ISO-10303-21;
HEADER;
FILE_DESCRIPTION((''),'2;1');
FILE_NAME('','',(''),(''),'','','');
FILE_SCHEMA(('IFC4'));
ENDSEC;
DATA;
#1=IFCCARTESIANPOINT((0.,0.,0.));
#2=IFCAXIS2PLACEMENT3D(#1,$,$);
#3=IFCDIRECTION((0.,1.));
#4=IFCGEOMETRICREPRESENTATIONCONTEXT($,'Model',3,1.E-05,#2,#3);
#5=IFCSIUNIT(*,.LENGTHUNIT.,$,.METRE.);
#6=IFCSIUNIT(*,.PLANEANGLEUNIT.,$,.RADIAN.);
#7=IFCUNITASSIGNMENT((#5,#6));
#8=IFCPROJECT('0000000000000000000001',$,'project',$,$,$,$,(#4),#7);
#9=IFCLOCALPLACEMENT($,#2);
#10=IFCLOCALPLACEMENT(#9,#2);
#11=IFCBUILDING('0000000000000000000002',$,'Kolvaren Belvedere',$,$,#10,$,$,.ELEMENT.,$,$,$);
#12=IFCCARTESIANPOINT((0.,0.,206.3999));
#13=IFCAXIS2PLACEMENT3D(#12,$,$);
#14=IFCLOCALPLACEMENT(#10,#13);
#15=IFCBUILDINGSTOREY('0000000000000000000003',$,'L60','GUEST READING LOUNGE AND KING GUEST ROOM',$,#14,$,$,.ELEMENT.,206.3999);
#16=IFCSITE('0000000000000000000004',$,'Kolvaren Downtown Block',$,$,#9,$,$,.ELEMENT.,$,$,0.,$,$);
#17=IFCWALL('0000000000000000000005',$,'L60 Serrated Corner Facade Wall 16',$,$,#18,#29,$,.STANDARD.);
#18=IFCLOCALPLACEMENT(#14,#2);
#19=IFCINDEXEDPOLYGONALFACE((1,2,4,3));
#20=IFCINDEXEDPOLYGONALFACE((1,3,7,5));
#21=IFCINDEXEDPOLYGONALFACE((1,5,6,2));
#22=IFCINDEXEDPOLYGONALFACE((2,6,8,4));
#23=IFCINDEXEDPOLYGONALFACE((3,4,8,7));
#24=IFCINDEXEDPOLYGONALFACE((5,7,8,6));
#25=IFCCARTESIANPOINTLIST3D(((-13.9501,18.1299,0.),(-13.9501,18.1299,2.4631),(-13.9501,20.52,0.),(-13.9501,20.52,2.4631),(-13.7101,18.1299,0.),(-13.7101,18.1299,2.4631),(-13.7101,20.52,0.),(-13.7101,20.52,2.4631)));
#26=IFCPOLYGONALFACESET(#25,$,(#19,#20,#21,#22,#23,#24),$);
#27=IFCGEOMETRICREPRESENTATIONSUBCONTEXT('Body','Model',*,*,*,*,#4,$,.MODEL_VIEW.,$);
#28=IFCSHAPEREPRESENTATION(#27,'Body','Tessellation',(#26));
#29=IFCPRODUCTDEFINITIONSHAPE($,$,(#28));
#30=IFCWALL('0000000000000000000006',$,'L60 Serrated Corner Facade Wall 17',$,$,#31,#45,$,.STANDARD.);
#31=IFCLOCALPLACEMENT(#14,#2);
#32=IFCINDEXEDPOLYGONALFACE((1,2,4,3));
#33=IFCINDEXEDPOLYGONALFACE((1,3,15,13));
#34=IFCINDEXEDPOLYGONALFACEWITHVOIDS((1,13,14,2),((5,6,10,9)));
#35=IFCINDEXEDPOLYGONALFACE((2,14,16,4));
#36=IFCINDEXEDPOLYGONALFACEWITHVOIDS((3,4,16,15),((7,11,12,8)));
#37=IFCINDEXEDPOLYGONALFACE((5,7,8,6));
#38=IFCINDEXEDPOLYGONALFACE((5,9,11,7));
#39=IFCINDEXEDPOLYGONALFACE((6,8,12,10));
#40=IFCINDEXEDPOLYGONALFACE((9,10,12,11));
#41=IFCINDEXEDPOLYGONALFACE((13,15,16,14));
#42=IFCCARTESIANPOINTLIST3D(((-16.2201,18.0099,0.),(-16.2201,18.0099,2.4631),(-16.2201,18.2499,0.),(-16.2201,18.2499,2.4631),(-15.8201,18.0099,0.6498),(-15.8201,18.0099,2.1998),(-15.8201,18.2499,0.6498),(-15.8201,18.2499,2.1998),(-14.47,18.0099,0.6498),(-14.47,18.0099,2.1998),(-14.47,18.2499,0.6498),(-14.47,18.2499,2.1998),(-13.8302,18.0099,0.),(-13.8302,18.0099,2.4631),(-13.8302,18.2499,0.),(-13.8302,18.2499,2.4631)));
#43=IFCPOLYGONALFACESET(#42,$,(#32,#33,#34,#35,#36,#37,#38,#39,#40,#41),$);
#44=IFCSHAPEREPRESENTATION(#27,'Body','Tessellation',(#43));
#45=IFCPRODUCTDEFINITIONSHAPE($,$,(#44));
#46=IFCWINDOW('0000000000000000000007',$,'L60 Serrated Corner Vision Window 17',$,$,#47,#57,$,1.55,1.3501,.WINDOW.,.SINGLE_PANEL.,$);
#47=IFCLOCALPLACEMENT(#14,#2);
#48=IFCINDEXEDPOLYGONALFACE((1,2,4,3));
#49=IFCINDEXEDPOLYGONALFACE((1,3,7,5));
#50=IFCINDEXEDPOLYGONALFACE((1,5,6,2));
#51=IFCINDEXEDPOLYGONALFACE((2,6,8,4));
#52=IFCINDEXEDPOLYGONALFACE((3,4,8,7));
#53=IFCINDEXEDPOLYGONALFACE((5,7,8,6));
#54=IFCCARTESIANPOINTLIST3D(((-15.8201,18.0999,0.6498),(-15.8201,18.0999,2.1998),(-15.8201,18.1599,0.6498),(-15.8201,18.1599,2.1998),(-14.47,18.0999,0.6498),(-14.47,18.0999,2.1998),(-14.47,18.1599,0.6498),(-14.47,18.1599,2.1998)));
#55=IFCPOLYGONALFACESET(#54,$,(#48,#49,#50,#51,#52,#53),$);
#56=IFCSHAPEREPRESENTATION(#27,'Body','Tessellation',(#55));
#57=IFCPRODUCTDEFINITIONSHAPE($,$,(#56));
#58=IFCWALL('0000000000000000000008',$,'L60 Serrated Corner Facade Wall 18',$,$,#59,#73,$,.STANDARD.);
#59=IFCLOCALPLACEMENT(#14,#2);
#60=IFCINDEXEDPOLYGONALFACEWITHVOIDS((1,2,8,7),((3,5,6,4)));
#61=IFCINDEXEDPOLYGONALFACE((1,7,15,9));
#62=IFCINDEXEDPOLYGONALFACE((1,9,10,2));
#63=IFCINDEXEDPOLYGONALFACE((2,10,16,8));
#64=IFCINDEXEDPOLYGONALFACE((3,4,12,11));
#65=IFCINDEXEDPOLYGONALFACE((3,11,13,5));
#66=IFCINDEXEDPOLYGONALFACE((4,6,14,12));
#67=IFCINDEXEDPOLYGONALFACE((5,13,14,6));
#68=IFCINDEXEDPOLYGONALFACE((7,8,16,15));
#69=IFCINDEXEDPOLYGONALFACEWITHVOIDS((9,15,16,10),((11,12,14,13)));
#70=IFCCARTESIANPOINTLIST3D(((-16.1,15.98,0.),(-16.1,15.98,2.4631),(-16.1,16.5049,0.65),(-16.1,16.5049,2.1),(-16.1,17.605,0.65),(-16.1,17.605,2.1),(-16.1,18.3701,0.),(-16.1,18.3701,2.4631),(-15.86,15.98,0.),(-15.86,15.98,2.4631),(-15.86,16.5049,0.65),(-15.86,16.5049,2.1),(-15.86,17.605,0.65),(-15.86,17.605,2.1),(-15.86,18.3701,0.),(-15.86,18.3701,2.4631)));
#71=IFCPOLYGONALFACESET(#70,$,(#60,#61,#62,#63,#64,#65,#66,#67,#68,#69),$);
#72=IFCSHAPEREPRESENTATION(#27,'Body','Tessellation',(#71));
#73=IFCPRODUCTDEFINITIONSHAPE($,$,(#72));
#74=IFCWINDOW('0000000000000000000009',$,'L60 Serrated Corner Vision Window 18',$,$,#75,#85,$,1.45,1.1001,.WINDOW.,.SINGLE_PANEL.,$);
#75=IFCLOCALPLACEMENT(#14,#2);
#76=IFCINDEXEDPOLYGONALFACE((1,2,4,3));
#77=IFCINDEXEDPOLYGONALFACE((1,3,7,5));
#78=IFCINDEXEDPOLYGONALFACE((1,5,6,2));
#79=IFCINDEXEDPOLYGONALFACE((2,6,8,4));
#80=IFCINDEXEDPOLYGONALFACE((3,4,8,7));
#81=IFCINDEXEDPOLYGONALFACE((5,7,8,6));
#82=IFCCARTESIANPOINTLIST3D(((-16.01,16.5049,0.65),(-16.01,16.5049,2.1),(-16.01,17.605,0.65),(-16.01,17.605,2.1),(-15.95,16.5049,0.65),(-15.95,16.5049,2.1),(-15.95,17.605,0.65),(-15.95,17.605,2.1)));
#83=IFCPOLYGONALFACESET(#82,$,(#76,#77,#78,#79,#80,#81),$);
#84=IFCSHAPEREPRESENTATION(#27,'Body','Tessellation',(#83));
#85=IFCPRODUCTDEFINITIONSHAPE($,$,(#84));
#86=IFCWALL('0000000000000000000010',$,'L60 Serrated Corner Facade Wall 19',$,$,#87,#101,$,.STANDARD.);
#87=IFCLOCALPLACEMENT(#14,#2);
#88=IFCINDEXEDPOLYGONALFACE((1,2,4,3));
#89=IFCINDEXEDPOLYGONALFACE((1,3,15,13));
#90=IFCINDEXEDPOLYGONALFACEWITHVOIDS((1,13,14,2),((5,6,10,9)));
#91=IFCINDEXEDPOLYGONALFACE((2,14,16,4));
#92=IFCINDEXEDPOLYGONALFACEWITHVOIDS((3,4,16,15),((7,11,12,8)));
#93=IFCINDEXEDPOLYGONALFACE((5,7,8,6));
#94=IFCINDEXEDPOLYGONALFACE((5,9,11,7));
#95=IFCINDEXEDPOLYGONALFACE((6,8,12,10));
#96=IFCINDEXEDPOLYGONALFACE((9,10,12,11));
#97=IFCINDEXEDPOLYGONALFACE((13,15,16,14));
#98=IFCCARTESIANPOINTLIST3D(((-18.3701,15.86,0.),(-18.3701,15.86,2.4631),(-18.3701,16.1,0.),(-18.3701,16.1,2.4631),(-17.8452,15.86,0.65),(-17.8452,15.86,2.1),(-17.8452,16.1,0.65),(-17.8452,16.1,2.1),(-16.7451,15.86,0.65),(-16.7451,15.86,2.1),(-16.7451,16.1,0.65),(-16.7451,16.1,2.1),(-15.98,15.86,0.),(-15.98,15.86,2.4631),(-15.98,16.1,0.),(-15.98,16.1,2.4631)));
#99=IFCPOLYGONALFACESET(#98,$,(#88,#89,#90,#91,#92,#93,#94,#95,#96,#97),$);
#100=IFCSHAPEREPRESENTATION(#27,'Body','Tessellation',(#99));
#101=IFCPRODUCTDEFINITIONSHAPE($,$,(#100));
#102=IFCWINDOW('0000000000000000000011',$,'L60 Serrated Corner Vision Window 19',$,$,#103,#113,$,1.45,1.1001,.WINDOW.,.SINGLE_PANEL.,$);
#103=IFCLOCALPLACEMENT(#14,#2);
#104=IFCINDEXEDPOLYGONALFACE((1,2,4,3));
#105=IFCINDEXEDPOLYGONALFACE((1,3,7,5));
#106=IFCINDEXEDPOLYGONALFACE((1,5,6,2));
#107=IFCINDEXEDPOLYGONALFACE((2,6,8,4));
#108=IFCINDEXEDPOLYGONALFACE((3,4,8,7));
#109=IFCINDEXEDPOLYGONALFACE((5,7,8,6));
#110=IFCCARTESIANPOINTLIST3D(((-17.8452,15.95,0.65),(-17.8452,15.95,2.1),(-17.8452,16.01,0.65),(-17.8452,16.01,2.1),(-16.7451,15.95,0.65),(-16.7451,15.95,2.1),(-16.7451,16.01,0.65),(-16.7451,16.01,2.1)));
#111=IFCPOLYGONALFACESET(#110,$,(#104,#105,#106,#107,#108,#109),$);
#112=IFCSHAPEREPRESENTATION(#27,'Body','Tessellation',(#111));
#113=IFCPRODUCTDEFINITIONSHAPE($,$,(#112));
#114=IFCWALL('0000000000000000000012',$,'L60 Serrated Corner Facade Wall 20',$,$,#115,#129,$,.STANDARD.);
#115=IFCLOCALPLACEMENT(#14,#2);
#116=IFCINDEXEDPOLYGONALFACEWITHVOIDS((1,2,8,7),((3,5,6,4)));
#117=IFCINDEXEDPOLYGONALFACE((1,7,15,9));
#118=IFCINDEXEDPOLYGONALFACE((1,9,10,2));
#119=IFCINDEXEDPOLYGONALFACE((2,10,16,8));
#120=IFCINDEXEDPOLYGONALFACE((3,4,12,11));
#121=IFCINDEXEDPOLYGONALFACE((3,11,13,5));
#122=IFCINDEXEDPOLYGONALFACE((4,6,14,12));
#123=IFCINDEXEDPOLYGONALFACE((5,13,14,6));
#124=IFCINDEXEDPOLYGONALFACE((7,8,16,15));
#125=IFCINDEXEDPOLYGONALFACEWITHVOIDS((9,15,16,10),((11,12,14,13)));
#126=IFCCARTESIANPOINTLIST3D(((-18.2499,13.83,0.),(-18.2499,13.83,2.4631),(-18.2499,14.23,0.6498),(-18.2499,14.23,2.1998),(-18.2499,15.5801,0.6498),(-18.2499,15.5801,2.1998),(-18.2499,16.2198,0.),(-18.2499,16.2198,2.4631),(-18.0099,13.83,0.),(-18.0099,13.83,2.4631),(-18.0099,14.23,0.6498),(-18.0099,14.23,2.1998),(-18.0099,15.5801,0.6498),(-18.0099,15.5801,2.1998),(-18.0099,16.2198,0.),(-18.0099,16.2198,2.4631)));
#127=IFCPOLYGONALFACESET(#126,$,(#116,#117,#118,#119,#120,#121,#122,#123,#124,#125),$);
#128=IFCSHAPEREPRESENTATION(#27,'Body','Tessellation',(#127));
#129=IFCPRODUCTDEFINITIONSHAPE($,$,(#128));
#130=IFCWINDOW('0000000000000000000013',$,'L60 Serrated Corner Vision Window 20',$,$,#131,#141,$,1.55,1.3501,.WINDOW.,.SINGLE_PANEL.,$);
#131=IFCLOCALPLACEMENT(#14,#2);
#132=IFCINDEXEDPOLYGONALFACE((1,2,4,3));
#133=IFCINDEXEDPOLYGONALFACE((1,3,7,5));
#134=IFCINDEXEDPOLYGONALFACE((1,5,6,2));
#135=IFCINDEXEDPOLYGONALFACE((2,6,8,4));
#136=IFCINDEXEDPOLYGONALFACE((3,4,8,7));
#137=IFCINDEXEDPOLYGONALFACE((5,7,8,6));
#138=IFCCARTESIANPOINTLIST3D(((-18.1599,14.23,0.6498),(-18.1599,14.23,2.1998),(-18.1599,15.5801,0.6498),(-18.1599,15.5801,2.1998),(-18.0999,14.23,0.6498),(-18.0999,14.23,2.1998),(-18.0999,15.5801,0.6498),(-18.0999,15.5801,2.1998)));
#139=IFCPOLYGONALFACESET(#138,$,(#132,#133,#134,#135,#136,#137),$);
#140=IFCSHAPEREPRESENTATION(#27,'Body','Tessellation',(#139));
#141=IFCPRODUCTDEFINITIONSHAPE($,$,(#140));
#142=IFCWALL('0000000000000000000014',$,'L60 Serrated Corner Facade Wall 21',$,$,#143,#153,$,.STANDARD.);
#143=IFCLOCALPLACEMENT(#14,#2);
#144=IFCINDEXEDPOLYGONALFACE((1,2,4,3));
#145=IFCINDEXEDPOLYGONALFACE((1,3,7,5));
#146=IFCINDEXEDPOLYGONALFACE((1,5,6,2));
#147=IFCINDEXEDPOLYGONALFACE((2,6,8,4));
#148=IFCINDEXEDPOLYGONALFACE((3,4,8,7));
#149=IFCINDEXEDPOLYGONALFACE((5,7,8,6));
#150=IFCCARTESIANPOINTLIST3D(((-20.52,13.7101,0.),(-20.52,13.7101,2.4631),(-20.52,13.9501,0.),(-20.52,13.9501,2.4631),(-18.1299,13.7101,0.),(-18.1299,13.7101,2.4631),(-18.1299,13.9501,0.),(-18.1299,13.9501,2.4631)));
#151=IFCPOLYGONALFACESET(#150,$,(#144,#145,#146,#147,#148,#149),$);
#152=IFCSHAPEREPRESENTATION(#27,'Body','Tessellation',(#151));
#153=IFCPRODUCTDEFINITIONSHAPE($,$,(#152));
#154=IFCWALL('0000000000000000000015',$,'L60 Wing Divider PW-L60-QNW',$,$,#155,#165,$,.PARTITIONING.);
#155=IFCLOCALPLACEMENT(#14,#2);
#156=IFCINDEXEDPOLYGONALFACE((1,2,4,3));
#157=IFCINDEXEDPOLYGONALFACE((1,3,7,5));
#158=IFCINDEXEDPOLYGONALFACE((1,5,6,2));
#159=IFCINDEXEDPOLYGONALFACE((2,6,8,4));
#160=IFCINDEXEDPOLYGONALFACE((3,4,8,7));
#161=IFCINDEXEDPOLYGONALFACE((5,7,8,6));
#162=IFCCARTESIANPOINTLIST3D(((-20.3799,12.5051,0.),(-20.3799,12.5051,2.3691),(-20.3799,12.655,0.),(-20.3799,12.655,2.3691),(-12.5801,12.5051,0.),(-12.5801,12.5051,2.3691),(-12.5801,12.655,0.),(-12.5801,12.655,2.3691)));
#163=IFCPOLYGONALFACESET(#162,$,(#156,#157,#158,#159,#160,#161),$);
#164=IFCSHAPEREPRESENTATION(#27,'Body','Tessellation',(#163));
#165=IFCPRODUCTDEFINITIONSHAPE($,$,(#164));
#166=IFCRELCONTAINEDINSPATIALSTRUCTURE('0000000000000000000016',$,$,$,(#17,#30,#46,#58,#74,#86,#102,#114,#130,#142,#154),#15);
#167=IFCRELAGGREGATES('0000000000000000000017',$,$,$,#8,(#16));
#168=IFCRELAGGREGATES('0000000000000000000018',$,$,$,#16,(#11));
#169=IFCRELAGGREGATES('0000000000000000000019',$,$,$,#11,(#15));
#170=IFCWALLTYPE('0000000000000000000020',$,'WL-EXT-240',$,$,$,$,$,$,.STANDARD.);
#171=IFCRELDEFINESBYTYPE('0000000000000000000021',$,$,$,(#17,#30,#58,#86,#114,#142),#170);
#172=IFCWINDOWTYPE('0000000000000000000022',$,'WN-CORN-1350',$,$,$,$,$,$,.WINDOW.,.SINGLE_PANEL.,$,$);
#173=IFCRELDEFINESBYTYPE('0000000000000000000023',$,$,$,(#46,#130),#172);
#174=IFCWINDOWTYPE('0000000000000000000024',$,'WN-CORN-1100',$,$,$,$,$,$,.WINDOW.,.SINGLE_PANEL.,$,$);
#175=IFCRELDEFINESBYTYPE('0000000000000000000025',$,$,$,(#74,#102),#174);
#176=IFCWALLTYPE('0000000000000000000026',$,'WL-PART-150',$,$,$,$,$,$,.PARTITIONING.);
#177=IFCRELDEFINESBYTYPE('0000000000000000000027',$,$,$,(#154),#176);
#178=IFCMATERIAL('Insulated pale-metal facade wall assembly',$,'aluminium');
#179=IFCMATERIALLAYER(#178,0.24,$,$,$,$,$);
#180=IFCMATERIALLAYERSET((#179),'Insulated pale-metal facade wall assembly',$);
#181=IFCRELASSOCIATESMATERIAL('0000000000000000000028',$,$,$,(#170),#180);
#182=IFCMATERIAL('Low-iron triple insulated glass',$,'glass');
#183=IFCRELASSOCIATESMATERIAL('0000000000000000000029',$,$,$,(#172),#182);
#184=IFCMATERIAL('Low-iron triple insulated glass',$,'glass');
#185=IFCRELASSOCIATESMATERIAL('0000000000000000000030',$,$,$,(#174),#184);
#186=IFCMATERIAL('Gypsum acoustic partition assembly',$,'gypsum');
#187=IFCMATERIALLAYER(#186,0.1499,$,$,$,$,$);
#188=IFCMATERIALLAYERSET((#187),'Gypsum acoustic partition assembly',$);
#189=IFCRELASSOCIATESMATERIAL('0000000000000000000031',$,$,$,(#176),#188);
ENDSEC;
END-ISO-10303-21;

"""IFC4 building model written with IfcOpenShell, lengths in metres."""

from ifc_helpers import new_model, si_unit, direction, frame, frame_2d, origin, place, context, subcontext, project, spatial, rectangle, extrude, material, layer, layer_set, type_object, element, fill, save


model = new_model("IFC4")

# Units and contexts
model_context = context("Model", 3, precision=1e-05, world=origin(), true_north=direction((0.0, 1.0)))
body_context = subcontext(model_context, "Body", "Model", "MODEL_VIEW")
ifc_project = project(units=[si_unit("LENGTHUNIT", "METRE"), si_unit("PLANEANGLEUNIT", "RADIAN")], contexts=[model_context])

# Site, building, storey
site_placement = place(None, origin())
site = spatial("IfcSite", under=ifc_project, at=site_placement, Name="Kolvaren Downtown Block", CompositionType="ELEMENT", RefElevation=0.0)
building_placement = place(site_placement, origin())
building = spatial("IfcBuilding", under=site, at=building_placement, Name="Kolvaren Belvedere", CompositionType="ELEMENT")
storey_placement = place(building_placement, frame((0.0, 0.0, 206.3999)))
storey = spatial("IfcBuildingStorey", under=building, at=storey_placement, Name="L60", Description="GUEST READING LOUNGE AND KING GUEST ROOM", CompositionType="ELEMENT", Elevation=206.3999)

# Wall
ifc_material_1 = material(Name="Insulated pale-metal facade wall assembly", Category="aluminium")
ifc_layer_1 = layer(ifc_material_1, 0.24)
ifc_layer_set_1 = layer_set([ifc_layer_1], Name="Insulated pale-metal facade wall assembly")
wall_type_1 = type_object("IfcWallType", Name="WL-EXT-240", PredefinedType="STANDARD", material=ifc_layer_set_1)
wall_1_placement = place(storey_placement, frame((-13.8301, 18.1299, 0.0), z_axis=(0.0, 0.0, 1.0), x_axis=(0.0, 1.0, 0.0)))
element("IfcWall", 1, at=wall_1_placement, inside=storey, type_object=wall_type_1, Name="L60 Serrated Corner Facade Wall 16", PredefinedType="STANDARD", context=body_context, shape_type="SweptSolid", body=[
    extrude(rectangle(XDim=2.3901, YDim=0.24, at=frame_2d((1.1951, 0.0))), origin(), (0.0, 0.0, 1.0), 2.4631),
])

# Walls, openings, windows
wall_2_placement = place(storey_placement, frame((-16.22, 18.1299, 0.0), z_axis=(0.0, 0.0, 1.0), x_axis=(1.0, 0.0, 0.0)))
wall_2 = element("IfcWall", 2, at=wall_2_placement, inside=storey, type_object=wall_type_1, Name="L60 Serrated Corner Facade Wall 17", PredefinedType="STANDARD", context=body_context, shape_type="SweptSolid", body=[
    extrude(rectangle(XDim=2.3899, YDim=0.24, at=frame_2d((1.1948, 0.0))), origin(), (0.0, 0.0, 1.0), 2.4631),
])
opening_1_placement = place(wall_2_placement, frame((0.3999, 0.0, 0.6499)))
opening_1 = element("IfcOpeningElement", 3, at=opening_1_placement, cuts=wall_2, PredefinedType="OPENING", context=body_context, shape_type="SweptSolid", body=[
    extrude(rectangle(XDim=1.3501, YDim=1.55, at=frame_2d((0.675, 0.7749))), frame((0.0, 0.1299, 0.0), z_axis=(0.0, -1.0, 0.0), x_axis=(1.0, 0.0, 0.0)), (0.0, 0.0, 1.0), 0.26),
])
ifc_material_2 = material(Name="Low-iron triple insulated glass", Category="glass")
window_type_1 = type_object("IfcWindowType", Name="WN-CORN-1350", PartitioningType="SINGLE_PANEL", PredefinedType="WINDOW", material=ifc_material_2)
window_1_placement = place(opening_1_placement, origin())
window_1 = element("IfcWindow", 4, at=window_1_placement, inside=storey, type_object=window_type_1, Name="L60 Serrated Corner Vision Window 17", OverallHeight=1.55, OverallWidth=1.3501, PartitioningType="SINGLE_PANEL", PredefinedType="WINDOW", context=body_context, shape_type="SweptSolid", body=[
    extrude(rectangle(XDim=1.3501, YDim=1.55, at=frame_2d((0.675, 0.7749))), frame((0.0, 0.03, 0.0), z_axis=(0.0, -1.0, 0.0), x_axis=(1.0, 0.0, 0.0)), (0.0, 0.0, 1.0), 0.0601),
])
fill(opening_1, window_1)
wall_3_placement = place(storey_placement, frame((-15.98, 15.98, 0.0), z_axis=(0.0, 0.0, 1.0), x_axis=(0.0, 1.0, 0.0)))
wall_3 = element("IfcWall", 5, at=wall_3_placement, inside=storey, type_object=wall_type_1, Name="L60 Serrated Corner Facade Wall 18", PredefinedType="STANDARD", context=body_context, shape_type="SweptSolid", body=[
    extrude(rectangle(XDim=2.3901, YDim=0.24, at=frame_2d((1.1951, 0.0))), origin(), (0.0, 0.0, 1.0), 2.4631),
])
opening_2_placement = place(wall_3_placement, frame((0.5249, 0.0, 0.6499)))
opening_2 = element("IfcOpeningElement", 6, at=opening_2_placement, cuts=wall_3, PredefinedType="OPENING", context=body_context, shape_type="SweptSolid", body=[
    extrude(rectangle(XDim=1.1001, YDim=1.45, at=frame_2d((0.55, 0.7251))), frame((0.0, 0.1299, 0.0), z_axis=(0.0, -1.0, 0.0), x_axis=(1.0, 0.0, 0.0)), (0.0, 0.0, 1.0), 0.26),
])
ifc_material_3 = material(Name="Low-iron triple insulated glass", Category="glass")
window_type_2 = type_object("IfcWindowType", Name="WN-CORN-1100", PartitioningType="SINGLE_PANEL", PredefinedType="WINDOW", material=ifc_material_3)
window_2_placement = place(opening_2_placement, origin())
window_2 = element("IfcWindow", 7, at=window_2_placement, inside=storey, type_object=window_type_2, Name="L60 Serrated Corner Vision Window 18", OverallHeight=1.45, OverallWidth=1.1001, PartitioningType="SINGLE_PANEL", PredefinedType="WINDOW", context=body_context, shape_type="SweptSolid", body=[
    extrude(rectangle(XDim=1.1001, YDim=1.45, at=frame_2d((0.55, 0.7251))), frame((0.0, 0.03, 0.0), z_axis=(0.0, -1.0, 0.0), x_axis=(1.0, 0.0, 0.0)), (0.0, 0.0, 1.0), 0.0601),
])
fill(opening_2, window_2)
wall_4_placement = place(storey_placement, frame((-18.3701, 15.98, 0.0), z_axis=(0.0, 0.0, 1.0), x_axis=(1.0, 0.0, 0.0)))
wall_4 = element("IfcWall", 8, at=wall_4_placement, inside=storey, type_object=wall_type_1, Name="L60 Serrated Corner Facade Wall 19", PredefinedType="STANDARD", context=body_context, shape_type="SweptSolid", body=[
    extrude(rectangle(XDim=2.3901, YDim=0.24, at=frame_2d((1.1951, 0.0))), origin(), (0.0, 0.0, 1.0), 2.4631),
])
opening_3_placement = place(wall_4_placement, frame((0.5249, 0.0, 0.6499)))
opening_3 = element("IfcOpeningElement", 9, at=opening_3_placement, cuts=wall_4, PredefinedType="OPENING", context=body_context, shape_type="SweptSolid", body=[
    extrude(rectangle(XDim=1.1001, YDim=1.45, at=frame_2d((0.55, 0.7251))), frame((0.0, 0.1299, 0.0), z_axis=(0.0, -1.0, 0.0), x_axis=(1.0, 0.0, 0.0)), (0.0, 0.0, 1.0), 0.26),
])
window_3_placement = place(opening_3_placement, origin())
window_3 = element("IfcWindow", 10, at=window_3_placement, inside=storey, type_object=window_type_2, Name="L60 Serrated Corner Vision Window 19", OverallHeight=1.45, OverallWidth=1.1001, PartitioningType="SINGLE_PANEL", PredefinedType="WINDOW", context=body_context, shape_type="SweptSolid", body=[
    extrude(rectangle(XDim=1.1001, YDim=1.45, at=frame_2d((0.55, 0.7251))), frame((0.0, 0.03, 0.0), z_axis=(0.0, -1.0, 0.0), x_axis=(1.0, 0.0, 0.0)), (0.0, 0.0, 1.0), 0.0601),
])
fill(opening_3, window_3)
wall_5_placement = place(storey_placement, frame((-18.1299, 13.8301, 0.0), z_axis=(0.0, 0.0, 1.0), x_axis=(0.0, 1.0, 0.0)))
wall_5 = element("IfcWall", 11, at=wall_5_placement, inside=storey, type_object=wall_type_1, Name="L60 Serrated Corner Facade Wall 20", PredefinedType="STANDARD", context=body_context, shape_type="SweptSolid", body=[
    extrude(rectangle(XDim=2.3899, YDim=0.24, at=frame_2d((1.1948, 0.0))), origin(), (0.0, 0.0, 1.0), 2.4631),
])
opening_4_placement = place(wall_5_placement, frame((0.3999, 0.0, 0.6499)))
opening_4 = element("IfcOpeningElement", 12, at=opening_4_placement, cuts=wall_5, PredefinedType="OPENING", context=body_context, shape_type="SweptSolid", body=[
    extrude(rectangle(XDim=1.3501, YDim=1.55, at=frame_2d((0.675, 0.7749))), frame((0.0, 0.1299, 0.0), z_axis=(0.0, -1.0, 0.0), x_axis=(1.0, 0.0, 0.0)), (0.0, 0.0, 1.0), 0.26),
])
window_4_placement = place(opening_4_placement, origin())
window_4 = element("IfcWindow", 13, at=window_4_placement, inside=storey, type_object=window_type_1, Name="L60 Serrated Corner Vision Window 20", OverallHeight=1.55, OverallWidth=1.3501, PartitioningType="SINGLE_PANEL", PredefinedType="WINDOW", context=body_context, shape_type="SweptSolid", body=[
    extrude(rectangle(XDim=1.3501, YDim=1.55, at=frame_2d((0.675, 0.7749))), frame((0.0, 0.03, 0.0), z_axis=(0.0, -1.0, 0.0), x_axis=(1.0, 0.0, 0.0)), (0.0, 0.0, 1.0), 0.0601),
])
fill(opening_4, window_4)

# Walls
wall_6_placement = place(storey_placement, frame((-20.52, 13.8301, 0.0), z_axis=(0.0, 0.0, 1.0), x_axis=(1.0, 0.0, 0.0)))
element("IfcWall", 14, at=wall_6_placement, inside=storey, type_object=wall_type_1, Name="L60 Serrated Corner Facade Wall 21", PredefinedType="STANDARD", context=body_context, shape_type="SweptSolid", body=[
    extrude(rectangle(XDim=2.3901, YDim=0.24, at=frame_2d((1.1951, 0.0))), origin(), (0.0, 0.0, 1.0), 2.4631),
])
ifc_material_4 = material(Name="Gypsum acoustic partition assembly", Category="gypsum")
ifc_layer_2 = layer(ifc_material_4, 0.1499)
ifc_layer_set_2 = layer_set([ifc_layer_2], Name="Gypsum acoustic partition assembly")
wall_type_2 = type_object("IfcWallType", Name="WL-PART-150", PredefinedType="PARTITIONING", material=ifc_layer_set_2)
wall_7_placement = place(storey_placement, frame((-20.3799, 12.5801, 0.0), z_axis=(0.0, 0.0, 1.0), x_axis=(1.0, 0.0, 0.0)))
element("IfcWall", 15, at=wall_7_placement, inside=storey, type_object=wall_type_2, Name="L60 Wing Divider PW-L60-QNW", PredefinedType="PARTITIONING", context=body_context, shape_type="SweptSolid", body=[
    extrude(rectangle(XDim=7.7998, YDim=0.1499, at=frame_2d((3.8999, 0.0))), origin(), (0.0, 0.0, 1.0), 2.3691),
])

save(model, "model.ifc")
